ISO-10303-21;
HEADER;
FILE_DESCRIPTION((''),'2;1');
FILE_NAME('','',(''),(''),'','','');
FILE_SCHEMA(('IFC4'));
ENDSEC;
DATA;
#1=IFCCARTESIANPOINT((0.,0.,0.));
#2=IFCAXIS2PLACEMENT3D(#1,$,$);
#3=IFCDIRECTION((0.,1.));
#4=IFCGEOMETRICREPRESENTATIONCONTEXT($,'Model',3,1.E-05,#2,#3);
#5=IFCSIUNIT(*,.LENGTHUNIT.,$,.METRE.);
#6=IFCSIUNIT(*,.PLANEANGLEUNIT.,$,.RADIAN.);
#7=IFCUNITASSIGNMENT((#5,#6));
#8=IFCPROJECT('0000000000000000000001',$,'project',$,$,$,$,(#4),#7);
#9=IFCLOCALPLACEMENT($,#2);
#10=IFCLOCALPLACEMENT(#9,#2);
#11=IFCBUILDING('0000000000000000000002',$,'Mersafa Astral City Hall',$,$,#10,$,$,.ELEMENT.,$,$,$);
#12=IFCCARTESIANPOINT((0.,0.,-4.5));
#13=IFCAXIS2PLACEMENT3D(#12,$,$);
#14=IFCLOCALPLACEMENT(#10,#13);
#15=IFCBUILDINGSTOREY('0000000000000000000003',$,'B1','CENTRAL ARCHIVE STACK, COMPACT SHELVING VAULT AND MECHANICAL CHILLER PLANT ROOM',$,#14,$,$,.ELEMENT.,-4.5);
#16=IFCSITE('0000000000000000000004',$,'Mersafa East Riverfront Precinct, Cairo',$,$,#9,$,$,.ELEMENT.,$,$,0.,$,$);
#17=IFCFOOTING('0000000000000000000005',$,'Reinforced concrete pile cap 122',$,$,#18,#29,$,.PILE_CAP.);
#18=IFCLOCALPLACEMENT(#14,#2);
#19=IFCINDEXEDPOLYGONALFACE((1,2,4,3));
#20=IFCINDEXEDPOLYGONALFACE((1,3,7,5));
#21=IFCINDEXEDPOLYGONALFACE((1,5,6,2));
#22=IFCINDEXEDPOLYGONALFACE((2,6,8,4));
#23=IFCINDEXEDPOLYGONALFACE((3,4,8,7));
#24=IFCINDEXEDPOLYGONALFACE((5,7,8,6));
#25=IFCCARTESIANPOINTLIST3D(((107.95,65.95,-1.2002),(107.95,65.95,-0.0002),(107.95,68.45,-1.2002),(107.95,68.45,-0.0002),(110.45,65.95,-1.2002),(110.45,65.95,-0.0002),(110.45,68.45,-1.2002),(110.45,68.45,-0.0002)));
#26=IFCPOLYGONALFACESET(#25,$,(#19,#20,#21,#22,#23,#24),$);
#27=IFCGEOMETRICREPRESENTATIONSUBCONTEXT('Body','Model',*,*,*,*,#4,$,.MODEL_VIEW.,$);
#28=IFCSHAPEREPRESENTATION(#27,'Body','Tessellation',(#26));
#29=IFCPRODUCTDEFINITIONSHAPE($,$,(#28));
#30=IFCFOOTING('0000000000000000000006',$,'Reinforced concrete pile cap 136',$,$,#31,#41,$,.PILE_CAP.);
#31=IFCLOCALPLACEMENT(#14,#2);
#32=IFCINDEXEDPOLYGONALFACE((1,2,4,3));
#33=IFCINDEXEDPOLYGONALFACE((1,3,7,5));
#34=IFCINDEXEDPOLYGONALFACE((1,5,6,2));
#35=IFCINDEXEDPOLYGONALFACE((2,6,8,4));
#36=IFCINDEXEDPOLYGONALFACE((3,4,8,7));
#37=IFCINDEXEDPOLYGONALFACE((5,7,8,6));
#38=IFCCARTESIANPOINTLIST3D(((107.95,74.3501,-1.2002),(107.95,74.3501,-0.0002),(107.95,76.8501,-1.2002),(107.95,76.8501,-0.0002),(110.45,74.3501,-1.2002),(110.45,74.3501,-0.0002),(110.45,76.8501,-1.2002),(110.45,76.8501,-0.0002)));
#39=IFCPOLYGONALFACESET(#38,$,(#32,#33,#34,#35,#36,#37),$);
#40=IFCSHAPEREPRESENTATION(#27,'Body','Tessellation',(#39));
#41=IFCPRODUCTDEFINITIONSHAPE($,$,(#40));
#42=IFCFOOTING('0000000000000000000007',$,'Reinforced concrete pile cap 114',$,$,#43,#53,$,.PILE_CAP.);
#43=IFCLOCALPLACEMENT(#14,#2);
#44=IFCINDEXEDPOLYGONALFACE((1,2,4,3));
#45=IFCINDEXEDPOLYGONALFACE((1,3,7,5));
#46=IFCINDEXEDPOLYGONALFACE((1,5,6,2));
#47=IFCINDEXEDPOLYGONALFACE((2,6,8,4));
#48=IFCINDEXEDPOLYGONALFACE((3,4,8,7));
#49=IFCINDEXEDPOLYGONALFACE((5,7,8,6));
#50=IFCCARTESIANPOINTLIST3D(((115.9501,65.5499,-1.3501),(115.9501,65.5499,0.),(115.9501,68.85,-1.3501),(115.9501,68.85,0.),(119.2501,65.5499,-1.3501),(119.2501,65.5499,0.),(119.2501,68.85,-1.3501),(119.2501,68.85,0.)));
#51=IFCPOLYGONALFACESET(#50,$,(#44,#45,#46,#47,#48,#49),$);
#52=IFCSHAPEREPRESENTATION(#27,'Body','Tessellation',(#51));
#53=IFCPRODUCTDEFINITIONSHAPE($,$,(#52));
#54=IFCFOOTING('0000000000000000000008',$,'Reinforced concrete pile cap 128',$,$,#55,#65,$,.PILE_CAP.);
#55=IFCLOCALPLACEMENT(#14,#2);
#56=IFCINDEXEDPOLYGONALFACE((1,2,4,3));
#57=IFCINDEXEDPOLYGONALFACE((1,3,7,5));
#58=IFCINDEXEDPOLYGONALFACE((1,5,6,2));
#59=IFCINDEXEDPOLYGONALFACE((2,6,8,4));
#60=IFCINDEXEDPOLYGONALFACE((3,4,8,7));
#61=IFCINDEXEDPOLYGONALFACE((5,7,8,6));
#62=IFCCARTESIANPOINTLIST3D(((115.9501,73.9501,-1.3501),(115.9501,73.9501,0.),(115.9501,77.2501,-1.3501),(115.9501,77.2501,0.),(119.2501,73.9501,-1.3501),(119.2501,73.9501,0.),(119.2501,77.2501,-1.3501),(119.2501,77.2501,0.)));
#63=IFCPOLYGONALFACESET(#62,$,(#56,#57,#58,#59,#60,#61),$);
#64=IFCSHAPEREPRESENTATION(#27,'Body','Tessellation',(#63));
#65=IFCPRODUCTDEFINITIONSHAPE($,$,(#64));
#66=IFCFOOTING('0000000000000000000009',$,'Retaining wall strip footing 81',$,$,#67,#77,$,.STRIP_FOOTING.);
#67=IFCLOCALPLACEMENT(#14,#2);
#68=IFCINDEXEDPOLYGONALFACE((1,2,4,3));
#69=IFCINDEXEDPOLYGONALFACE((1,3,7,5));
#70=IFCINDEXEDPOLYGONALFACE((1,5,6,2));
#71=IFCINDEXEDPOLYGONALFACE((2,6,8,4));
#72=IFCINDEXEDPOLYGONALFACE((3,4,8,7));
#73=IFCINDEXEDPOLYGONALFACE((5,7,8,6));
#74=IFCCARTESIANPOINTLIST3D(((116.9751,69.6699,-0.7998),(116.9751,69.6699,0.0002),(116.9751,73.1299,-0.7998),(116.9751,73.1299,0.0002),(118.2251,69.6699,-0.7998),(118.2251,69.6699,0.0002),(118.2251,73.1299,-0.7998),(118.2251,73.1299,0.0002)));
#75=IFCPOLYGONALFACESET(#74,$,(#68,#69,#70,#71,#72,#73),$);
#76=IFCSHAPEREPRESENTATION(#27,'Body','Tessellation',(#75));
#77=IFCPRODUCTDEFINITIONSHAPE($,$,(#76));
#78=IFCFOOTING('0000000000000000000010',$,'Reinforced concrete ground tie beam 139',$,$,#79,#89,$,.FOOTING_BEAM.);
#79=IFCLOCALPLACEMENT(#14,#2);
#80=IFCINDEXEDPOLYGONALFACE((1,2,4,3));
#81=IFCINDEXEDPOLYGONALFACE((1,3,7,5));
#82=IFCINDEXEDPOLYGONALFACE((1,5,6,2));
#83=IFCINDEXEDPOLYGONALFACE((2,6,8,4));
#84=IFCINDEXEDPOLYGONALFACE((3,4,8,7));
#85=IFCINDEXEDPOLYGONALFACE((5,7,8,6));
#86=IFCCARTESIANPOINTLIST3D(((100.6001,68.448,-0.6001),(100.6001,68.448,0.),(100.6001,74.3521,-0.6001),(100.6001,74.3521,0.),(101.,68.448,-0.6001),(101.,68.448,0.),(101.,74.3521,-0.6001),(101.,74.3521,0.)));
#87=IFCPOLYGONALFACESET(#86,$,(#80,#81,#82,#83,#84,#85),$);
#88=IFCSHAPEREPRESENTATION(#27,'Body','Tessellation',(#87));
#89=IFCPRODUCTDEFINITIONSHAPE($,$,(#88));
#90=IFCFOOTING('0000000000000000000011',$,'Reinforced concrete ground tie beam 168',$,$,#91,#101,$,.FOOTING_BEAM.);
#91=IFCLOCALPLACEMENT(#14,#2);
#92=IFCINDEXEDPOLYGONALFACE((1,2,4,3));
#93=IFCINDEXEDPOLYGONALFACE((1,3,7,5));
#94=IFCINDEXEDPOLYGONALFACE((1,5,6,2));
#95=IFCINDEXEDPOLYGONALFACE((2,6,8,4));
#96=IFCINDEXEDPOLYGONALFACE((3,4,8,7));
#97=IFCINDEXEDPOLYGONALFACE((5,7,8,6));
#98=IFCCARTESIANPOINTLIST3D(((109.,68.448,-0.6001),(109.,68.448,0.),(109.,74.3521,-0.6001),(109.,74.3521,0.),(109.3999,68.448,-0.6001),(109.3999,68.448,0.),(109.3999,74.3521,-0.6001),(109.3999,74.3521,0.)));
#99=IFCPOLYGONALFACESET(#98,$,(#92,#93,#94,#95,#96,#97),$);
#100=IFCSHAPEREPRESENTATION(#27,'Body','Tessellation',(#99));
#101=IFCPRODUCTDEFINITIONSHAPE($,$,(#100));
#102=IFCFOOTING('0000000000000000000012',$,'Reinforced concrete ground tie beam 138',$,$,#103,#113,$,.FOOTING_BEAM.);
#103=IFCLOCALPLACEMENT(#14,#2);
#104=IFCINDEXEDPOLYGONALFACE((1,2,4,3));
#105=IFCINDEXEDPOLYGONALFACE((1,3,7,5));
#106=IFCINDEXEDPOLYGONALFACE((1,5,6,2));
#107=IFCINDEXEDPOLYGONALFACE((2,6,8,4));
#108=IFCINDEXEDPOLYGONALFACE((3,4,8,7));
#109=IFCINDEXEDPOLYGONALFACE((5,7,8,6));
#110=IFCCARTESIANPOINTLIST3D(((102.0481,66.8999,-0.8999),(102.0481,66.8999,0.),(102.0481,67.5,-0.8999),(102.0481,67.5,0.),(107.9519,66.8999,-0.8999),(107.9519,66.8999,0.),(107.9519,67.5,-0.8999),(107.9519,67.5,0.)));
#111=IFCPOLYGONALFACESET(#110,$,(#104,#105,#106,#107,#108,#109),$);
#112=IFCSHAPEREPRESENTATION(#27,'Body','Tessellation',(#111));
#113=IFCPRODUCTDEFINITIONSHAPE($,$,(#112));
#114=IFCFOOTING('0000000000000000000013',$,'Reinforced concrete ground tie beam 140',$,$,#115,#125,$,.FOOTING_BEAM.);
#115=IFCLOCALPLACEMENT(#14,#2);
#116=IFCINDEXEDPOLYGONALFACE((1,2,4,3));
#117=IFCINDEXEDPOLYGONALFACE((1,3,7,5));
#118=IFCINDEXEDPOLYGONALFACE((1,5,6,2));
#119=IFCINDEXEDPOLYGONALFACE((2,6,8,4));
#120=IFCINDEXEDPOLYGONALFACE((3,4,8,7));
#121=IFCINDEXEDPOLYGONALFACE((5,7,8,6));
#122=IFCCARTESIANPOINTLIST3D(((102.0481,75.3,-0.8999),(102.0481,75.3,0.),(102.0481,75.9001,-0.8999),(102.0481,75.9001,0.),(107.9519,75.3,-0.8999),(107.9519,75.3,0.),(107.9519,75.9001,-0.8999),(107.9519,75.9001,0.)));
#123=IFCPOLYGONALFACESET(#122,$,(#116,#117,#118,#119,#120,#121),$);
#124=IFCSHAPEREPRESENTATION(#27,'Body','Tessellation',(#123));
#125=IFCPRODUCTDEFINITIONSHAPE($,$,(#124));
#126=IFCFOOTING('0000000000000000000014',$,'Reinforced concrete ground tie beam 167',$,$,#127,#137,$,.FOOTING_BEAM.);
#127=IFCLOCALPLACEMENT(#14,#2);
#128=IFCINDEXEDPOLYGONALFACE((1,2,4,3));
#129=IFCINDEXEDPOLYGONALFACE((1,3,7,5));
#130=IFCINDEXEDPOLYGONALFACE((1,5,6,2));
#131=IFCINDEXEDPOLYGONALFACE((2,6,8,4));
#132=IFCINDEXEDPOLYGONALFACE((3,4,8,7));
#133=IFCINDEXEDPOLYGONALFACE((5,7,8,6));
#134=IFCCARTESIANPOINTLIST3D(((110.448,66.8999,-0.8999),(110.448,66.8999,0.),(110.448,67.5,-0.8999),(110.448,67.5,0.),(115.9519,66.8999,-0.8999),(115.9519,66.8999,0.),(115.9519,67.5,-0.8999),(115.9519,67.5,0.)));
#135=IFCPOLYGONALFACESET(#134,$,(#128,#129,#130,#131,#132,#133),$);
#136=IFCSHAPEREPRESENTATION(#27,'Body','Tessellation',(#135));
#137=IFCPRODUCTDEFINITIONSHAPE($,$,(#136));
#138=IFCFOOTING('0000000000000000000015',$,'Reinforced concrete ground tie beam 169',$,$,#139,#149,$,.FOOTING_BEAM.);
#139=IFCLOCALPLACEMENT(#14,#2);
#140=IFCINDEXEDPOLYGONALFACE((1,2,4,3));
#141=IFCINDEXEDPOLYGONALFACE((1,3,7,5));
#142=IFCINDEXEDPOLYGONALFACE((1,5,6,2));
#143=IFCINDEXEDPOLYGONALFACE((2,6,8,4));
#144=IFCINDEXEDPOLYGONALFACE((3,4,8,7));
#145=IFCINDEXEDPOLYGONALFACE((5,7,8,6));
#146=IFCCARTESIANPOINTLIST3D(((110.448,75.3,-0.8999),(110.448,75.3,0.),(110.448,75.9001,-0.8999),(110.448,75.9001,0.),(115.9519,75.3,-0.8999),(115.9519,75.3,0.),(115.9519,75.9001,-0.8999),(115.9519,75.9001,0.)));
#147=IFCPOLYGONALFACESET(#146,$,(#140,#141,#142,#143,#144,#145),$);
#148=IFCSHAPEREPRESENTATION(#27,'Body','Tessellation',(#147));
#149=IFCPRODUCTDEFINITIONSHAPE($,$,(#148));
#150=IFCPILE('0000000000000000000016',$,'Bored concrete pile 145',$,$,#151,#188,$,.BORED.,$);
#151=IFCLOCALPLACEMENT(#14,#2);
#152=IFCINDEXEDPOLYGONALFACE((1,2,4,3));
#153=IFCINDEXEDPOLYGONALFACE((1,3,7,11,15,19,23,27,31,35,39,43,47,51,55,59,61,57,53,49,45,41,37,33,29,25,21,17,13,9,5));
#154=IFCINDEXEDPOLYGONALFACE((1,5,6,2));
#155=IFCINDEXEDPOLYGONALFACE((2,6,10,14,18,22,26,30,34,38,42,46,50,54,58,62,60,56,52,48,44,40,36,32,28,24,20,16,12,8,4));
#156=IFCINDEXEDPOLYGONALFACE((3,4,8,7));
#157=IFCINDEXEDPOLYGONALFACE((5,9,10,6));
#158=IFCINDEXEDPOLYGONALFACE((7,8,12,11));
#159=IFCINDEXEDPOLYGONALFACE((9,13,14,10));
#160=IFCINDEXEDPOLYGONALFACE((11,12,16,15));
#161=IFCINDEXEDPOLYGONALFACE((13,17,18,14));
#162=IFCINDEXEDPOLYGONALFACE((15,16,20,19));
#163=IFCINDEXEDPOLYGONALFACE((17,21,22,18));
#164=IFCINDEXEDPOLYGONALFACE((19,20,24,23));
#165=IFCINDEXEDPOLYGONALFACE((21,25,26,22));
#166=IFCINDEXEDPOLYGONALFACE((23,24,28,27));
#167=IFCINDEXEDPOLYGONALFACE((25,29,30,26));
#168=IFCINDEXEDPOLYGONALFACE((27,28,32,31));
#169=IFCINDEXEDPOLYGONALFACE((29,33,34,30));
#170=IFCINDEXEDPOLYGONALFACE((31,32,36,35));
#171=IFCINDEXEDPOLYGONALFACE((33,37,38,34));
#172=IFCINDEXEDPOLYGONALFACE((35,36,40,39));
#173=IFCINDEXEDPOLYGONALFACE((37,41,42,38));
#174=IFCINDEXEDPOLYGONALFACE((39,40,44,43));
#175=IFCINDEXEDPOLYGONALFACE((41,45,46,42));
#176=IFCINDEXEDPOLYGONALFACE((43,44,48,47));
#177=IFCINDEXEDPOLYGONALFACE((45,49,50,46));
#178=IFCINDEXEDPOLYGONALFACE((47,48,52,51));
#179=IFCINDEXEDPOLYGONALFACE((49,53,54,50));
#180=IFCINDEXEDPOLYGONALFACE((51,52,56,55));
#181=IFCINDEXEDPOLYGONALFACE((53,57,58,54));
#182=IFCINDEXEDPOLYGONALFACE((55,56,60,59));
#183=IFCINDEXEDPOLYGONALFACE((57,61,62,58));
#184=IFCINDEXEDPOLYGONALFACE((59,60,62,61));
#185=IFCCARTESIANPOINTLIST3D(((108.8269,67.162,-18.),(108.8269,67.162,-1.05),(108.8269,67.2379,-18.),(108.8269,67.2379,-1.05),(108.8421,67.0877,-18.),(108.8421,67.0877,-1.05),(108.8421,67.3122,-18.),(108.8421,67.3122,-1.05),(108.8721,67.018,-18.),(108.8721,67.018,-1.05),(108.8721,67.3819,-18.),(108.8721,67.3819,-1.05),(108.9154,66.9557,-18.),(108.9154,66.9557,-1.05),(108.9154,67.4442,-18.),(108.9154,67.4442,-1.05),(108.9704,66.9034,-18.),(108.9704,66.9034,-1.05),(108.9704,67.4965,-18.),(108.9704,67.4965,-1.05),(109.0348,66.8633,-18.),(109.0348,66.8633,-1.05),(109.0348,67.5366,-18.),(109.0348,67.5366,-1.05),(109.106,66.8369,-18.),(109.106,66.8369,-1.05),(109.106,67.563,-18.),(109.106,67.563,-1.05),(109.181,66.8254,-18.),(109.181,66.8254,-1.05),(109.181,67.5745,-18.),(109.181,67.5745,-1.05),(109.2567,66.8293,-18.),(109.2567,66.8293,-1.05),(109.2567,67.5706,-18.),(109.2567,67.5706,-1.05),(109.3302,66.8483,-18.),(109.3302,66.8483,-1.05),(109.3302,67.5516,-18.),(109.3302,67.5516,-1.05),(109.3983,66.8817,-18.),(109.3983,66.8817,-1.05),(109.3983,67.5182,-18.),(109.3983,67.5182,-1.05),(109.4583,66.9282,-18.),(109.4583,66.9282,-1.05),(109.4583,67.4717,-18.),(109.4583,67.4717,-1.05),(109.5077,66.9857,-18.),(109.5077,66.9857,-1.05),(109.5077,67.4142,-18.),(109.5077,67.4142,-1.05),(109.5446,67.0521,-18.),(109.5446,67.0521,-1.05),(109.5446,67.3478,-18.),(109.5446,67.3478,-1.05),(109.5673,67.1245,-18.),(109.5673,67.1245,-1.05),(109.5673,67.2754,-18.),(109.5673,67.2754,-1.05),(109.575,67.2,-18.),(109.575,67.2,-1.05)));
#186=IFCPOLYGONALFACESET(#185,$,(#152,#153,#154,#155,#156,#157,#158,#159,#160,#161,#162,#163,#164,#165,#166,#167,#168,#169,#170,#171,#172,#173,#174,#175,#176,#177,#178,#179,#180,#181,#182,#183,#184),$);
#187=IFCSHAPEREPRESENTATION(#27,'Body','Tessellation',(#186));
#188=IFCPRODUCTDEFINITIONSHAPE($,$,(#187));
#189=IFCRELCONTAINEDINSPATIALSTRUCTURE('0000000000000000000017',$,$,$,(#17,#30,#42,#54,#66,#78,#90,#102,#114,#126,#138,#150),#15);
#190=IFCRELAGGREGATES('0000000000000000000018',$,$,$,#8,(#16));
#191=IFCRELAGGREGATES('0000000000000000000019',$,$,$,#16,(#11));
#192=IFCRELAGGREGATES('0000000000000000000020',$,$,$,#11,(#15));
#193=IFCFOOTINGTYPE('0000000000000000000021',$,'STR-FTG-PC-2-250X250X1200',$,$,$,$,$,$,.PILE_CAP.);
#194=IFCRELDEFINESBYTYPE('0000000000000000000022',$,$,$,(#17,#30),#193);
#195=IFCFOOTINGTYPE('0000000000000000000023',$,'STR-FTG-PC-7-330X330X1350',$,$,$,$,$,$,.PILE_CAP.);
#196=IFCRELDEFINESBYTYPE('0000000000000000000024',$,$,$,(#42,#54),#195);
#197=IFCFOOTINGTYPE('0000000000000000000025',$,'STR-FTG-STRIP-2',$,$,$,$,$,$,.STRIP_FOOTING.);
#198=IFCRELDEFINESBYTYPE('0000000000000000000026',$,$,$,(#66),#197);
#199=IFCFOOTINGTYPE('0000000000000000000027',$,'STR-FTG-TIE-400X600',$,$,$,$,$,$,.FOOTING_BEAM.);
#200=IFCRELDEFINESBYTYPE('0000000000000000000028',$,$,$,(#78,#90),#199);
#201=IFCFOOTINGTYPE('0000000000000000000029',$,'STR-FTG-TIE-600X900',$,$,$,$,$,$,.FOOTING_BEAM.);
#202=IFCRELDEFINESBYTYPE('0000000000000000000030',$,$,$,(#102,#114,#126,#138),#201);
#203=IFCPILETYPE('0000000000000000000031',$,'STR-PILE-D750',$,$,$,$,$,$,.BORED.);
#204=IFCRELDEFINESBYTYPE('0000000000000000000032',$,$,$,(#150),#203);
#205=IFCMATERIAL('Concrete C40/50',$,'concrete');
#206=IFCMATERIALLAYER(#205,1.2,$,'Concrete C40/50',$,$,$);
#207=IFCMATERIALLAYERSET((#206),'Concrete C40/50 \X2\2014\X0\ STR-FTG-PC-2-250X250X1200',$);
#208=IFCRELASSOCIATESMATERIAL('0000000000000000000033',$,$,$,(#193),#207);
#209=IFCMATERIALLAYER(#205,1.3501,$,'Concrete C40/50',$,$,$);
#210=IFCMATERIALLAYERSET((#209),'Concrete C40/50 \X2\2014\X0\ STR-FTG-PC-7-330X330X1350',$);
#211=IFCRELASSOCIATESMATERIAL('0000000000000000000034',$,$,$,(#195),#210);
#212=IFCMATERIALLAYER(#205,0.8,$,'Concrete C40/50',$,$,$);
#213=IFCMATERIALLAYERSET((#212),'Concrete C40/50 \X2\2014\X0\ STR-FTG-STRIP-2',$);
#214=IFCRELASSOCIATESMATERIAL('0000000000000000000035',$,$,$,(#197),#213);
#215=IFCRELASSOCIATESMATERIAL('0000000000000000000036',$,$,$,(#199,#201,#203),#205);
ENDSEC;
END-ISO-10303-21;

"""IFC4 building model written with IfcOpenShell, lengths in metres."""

from ifc_helpers import new_model, si_unit, direction, frame, origin, origin_2d, place, context, subcontext, project, spatial, rectangle, circle, extrude, material, layer, layer_set, material_profile, profile_set, type_object, element, save


model = new_model("IFC4")

# Units and contexts
model_context = context("Model", 3, precision=1e-05, world=origin(), true_north=direction((0.0, 1.0)))
body_context = subcontext(model_context, "Body", "Model", "MODEL_VIEW")
ifc_project = project(units=[si_unit("LENGTHUNIT", "METRE"), si_unit("PLANEANGLEUNIT", "RADIAN")], contexts=[model_context])

# Site, building, storey
site_placement = place(None, origin())
site = spatial("IfcSite", under=ifc_project, at=site_placement, Name="Mersafa East Riverfront Precinct, Cairo", CompositionType="ELEMENT", RefElevation=0.0)
building_placement = place(site_placement, origin())
building = spatial("IfcBuilding", under=site, at=building_placement, Name="Mersafa Astral City Hall", CompositionType="ELEMENT")
storey_placement = place(building_placement, frame((0.0, 0.0, -4.5)))
storey = spatial("IfcBuildingStorey", under=building, at=storey_placement, Name="B1", Description="CENTRAL ARCHIVE STACK, COMPACT SHELVING VAULT AND MECHANICAL CHILLER PLANT ROOM", CompositionType="ELEMENT", Elevation=-4.5)

# Footings
ifc_material_1 = material(Name="Concrete C40/50", Category="concrete")
ifc_layer_1 = layer(ifc_material_1, 1.2, Name="Concrete C40/50")
ifc_layer_set_1 = layer_set([ifc_layer_1], Name="Concrete C40/50 — STR-FTG-PC-2-250X250X1200")
footing_type_1 = type_object("IfcFootingType", Name="STR-FTG-PC-2-250X250X1200", PredefinedType="PILE_CAP", material=ifc_layer_set_1)
for number, where, z_axis, x_axis, name in (
    (1, (109.2, 67.2, -1.2002), (0.0, 0.0, 1.0), (1.0, 0.0, 0.0), "Reinforced concrete pile cap 122"),
    (2, (109.2, 75.6001, -1.2002), (0.0, 0.0, 1.0), (1.0, 0.0, 0.0), "Reinforced concrete pile cap 136"),
):
    element("IfcFooting", number, at=place(storey_placement, frame(where, z_axis=z_axis, x_axis=x_axis)), inside=storey, type_object=footing_type_1, Name=name, PredefinedType="PILE_CAP", context=body_context, shape_type="SweptSolid", body=[
        extrude(rectangle(XDim=2.5, YDim=2.5, at=origin_2d()), origin(), (0.0, 0.0, 1.0), 1.2),
    ])
ifc_layer_2 = layer(ifc_material_1, 1.3501, Name="Concrete C40/50")
ifc_layer_set_2 = layer_set([ifc_layer_2], Name="Concrete C40/50 — STR-FTG-PC-7-330X330X1350")
footing_type_2 = type_object("IfcFootingType", Name="STR-FTG-PC-7-330X330X1350", PredefinedType="PILE_CAP", material=ifc_layer_set_2)
for number, where, z_axis, x_axis, name in (
    (3, (117.6001, 67.2, -1.3501), (0.0, 0.0, 1.0), (1.0, 0.0, 0.0), "Reinforced concrete pile cap 114"),
    (4, (117.6001, 75.6001, -1.3501), (0.0, 0.0, 1.0), (1.0, 0.0, 0.0), "Reinforced concrete pile cap 128"),
):
    element("IfcFooting", number, at=place(storey_placement, frame(where, z_axis=z_axis, x_axis=x_axis)), inside=storey, type_object=footing_type_2, Name=name, PredefinedType="PILE_CAP", context=body_context, shape_type="SweptSolid", body=[
        extrude(rectangle(XDim=3.3, YDim=3.3, at=origin_2d()), origin(), (0.0, 0.0, 1.0), 1.3501),
    ])
ifc_layer_3 = layer(ifc_material_1, 0.8, Name="Concrete C40/50")
ifc_layer_set_3 = layer_set([ifc_layer_3], Name="Concrete C40/50 — STR-FTG-STRIP-2")
footing_type_3 = type_object("IfcFootingType", Name="STR-FTG-STRIP-2", PredefinedType="STRIP_FOOTING", material=ifc_layer_set_3)
footing_placement = place(storey_placement, frame((117.6001, 71.3999, -0.7998), z_axis=(0.0, 0.0, 1.0), x_axis=(0.0, -1.0, 0.0)))
element("IfcFooting", 5, at=footing_placement, inside=storey, type_object=footing_type_3, Name="Retaining wall strip footing 81", PredefinedType="STRIP_FOOTING", context=body_context, shape_type="SweptSolid", body=[
    extrude(rectangle(XDim=3.46, YDim=1.25, at=origin_2d()), origin(), (0.0, 0.0, 1.0), 0.8),
])
ifc_material_profile_1 = material_profile(ifc_material_1, rectangle(XDim=0.3999, YDim=0.6001, at=origin_2d()), Name="RC 400x600")
ifc_profile_set_1 = profile_set([ifc_material_profile_1], Name="Concrete C40/50")
footing_type_4 = type_object("IfcFootingType", Name="STR-FTG-TIE-400X600", PredefinedType="FOOTING_BEAM", material=ifc_profile_set_1)
for number, where, z_axis, x_axis, name in (
    (6, (100.8, 68.448, -0.3), (0.0, 1.0, 0.0), (-1.0, 0.0, 0.0), "Reinforced concrete ground tie beam 139"),
    (7, (109.2, 68.448, -0.3), (0.0, 1.0, 0.0), (-1.0, 0.0, 0.0), "Reinforced concrete ground tie beam 168"),
):
    element("IfcFooting", number, at=place(storey_placement, frame(where, z_axis=z_axis, x_axis=x_axis)), inside=storey, type_object=footing_type_4, Name=name, PredefinedType="FOOTING_BEAM", context=body_context, shape_type="SweptSolid", body=[
        extrude(rectangle(XDim=0.3999, YDim=0.6001, at=origin_2d()), origin(), (0.0, 0.0, 1.0), 5.9041),
    ])
ifc_material_profile_2 = material_profile(ifc_material_1, rectangle(XDim=0.6001, YDim=0.8999, at=origin_2d()), Name="RC 600x900")
ifc_profile_set_2 = profile_set([ifc_material_profile_2], Name="Concrete C40/50")
footing_type_5 = type_object("IfcFootingType", Name="STR-FTG-TIE-600X900", PredefinedType="FOOTING_BEAM", material=ifc_profile_set_2)
for number, where, z_axis, x_axis, name in (
    (8, (102.0481, 67.2, -0.45), (1.0, 0.0, 0.0), (0.0, 1.0, 0.0), "Reinforced concrete ground tie beam 138"),
    (9, (102.0481, 75.6001, -0.45), (1.0, 0.0, 0.0), (0.0, 1.0, 0.0), "Reinforced concrete ground tie beam 140"),
):
    element("IfcFooting", number, at=place(storey_placement, frame(where, z_axis=z_axis, x_axis=x_axis)), inside=storey, type_object=footing_type_5, Name=name, PredefinedType="FOOTING_BEAM", context=body_context, shape_type="SweptSolid", body=[
        extrude(rectangle(XDim=0.6001, YDim=0.8999, at=origin_2d()), origin(), (0.0, 0.0, 1.0), 5.9038),
    ])
for number, where, z_axis, x_axis, name in (
    (10, (110.448, 67.2, -0.45), (1.0, 0.0, 0.0), (0.0, 1.0, 0.0), "Reinforced concrete ground tie beam 167"),
    (11, (110.448, 75.6001, -0.45), (1.0, 0.0, 0.0), (0.0, 1.0, 0.0), "Reinforced concrete ground tie beam 169"),
):
    element("IfcFooting", number, at=place(storey_placement, frame(where, z_axis=z_axis, x_axis=x_axis)), inside=storey, type_object=footing_type_5, Name=name, PredefinedType="FOOTING_BEAM", context=body_context, shape_type="SweptSolid", body=[
        extrude(rectangle(XDim=0.6001, YDim=0.8999, at=origin_2d()), origin(), (0.0, 0.0, 1.0), 5.5039),
    ])

# Pile
ifc_material_profile_3 = material_profile(ifc_material_1, circle(Radius=0.375, at=origin_2d()), Name="PILE D750")
ifc_profile_set_3 = profile_set([ifc_material_profile_3], Name="Concrete C40/50")
pile_type_1 = type_object("IfcPileType", Name="STR-PILE-D750", PredefinedType="BORED", material=ifc_profile_set_3)
for number, where, z_axis, x_axis, name in (
    (12, (109.2, 67.2, -1.05), (0.0, 0.0, -1.0), (1.0, 0.0, 0.0), "Bored concrete pile 145"),
):
    element("IfcPile", number, at=place(storey_placement, frame(where, z_axis=z_axis, x_axis=x_axis)), inside=storey, type_object=pile_type_1, Name=name, PredefinedType="BORED", context=body_context, shape_type="SweptSolid", body=[
        extrude(circle(Radius=0.375, at=origin_2d()), origin(), (0.0, 0.0, 1.0), 16.95),
    ])

save(model, "model.ifc")
